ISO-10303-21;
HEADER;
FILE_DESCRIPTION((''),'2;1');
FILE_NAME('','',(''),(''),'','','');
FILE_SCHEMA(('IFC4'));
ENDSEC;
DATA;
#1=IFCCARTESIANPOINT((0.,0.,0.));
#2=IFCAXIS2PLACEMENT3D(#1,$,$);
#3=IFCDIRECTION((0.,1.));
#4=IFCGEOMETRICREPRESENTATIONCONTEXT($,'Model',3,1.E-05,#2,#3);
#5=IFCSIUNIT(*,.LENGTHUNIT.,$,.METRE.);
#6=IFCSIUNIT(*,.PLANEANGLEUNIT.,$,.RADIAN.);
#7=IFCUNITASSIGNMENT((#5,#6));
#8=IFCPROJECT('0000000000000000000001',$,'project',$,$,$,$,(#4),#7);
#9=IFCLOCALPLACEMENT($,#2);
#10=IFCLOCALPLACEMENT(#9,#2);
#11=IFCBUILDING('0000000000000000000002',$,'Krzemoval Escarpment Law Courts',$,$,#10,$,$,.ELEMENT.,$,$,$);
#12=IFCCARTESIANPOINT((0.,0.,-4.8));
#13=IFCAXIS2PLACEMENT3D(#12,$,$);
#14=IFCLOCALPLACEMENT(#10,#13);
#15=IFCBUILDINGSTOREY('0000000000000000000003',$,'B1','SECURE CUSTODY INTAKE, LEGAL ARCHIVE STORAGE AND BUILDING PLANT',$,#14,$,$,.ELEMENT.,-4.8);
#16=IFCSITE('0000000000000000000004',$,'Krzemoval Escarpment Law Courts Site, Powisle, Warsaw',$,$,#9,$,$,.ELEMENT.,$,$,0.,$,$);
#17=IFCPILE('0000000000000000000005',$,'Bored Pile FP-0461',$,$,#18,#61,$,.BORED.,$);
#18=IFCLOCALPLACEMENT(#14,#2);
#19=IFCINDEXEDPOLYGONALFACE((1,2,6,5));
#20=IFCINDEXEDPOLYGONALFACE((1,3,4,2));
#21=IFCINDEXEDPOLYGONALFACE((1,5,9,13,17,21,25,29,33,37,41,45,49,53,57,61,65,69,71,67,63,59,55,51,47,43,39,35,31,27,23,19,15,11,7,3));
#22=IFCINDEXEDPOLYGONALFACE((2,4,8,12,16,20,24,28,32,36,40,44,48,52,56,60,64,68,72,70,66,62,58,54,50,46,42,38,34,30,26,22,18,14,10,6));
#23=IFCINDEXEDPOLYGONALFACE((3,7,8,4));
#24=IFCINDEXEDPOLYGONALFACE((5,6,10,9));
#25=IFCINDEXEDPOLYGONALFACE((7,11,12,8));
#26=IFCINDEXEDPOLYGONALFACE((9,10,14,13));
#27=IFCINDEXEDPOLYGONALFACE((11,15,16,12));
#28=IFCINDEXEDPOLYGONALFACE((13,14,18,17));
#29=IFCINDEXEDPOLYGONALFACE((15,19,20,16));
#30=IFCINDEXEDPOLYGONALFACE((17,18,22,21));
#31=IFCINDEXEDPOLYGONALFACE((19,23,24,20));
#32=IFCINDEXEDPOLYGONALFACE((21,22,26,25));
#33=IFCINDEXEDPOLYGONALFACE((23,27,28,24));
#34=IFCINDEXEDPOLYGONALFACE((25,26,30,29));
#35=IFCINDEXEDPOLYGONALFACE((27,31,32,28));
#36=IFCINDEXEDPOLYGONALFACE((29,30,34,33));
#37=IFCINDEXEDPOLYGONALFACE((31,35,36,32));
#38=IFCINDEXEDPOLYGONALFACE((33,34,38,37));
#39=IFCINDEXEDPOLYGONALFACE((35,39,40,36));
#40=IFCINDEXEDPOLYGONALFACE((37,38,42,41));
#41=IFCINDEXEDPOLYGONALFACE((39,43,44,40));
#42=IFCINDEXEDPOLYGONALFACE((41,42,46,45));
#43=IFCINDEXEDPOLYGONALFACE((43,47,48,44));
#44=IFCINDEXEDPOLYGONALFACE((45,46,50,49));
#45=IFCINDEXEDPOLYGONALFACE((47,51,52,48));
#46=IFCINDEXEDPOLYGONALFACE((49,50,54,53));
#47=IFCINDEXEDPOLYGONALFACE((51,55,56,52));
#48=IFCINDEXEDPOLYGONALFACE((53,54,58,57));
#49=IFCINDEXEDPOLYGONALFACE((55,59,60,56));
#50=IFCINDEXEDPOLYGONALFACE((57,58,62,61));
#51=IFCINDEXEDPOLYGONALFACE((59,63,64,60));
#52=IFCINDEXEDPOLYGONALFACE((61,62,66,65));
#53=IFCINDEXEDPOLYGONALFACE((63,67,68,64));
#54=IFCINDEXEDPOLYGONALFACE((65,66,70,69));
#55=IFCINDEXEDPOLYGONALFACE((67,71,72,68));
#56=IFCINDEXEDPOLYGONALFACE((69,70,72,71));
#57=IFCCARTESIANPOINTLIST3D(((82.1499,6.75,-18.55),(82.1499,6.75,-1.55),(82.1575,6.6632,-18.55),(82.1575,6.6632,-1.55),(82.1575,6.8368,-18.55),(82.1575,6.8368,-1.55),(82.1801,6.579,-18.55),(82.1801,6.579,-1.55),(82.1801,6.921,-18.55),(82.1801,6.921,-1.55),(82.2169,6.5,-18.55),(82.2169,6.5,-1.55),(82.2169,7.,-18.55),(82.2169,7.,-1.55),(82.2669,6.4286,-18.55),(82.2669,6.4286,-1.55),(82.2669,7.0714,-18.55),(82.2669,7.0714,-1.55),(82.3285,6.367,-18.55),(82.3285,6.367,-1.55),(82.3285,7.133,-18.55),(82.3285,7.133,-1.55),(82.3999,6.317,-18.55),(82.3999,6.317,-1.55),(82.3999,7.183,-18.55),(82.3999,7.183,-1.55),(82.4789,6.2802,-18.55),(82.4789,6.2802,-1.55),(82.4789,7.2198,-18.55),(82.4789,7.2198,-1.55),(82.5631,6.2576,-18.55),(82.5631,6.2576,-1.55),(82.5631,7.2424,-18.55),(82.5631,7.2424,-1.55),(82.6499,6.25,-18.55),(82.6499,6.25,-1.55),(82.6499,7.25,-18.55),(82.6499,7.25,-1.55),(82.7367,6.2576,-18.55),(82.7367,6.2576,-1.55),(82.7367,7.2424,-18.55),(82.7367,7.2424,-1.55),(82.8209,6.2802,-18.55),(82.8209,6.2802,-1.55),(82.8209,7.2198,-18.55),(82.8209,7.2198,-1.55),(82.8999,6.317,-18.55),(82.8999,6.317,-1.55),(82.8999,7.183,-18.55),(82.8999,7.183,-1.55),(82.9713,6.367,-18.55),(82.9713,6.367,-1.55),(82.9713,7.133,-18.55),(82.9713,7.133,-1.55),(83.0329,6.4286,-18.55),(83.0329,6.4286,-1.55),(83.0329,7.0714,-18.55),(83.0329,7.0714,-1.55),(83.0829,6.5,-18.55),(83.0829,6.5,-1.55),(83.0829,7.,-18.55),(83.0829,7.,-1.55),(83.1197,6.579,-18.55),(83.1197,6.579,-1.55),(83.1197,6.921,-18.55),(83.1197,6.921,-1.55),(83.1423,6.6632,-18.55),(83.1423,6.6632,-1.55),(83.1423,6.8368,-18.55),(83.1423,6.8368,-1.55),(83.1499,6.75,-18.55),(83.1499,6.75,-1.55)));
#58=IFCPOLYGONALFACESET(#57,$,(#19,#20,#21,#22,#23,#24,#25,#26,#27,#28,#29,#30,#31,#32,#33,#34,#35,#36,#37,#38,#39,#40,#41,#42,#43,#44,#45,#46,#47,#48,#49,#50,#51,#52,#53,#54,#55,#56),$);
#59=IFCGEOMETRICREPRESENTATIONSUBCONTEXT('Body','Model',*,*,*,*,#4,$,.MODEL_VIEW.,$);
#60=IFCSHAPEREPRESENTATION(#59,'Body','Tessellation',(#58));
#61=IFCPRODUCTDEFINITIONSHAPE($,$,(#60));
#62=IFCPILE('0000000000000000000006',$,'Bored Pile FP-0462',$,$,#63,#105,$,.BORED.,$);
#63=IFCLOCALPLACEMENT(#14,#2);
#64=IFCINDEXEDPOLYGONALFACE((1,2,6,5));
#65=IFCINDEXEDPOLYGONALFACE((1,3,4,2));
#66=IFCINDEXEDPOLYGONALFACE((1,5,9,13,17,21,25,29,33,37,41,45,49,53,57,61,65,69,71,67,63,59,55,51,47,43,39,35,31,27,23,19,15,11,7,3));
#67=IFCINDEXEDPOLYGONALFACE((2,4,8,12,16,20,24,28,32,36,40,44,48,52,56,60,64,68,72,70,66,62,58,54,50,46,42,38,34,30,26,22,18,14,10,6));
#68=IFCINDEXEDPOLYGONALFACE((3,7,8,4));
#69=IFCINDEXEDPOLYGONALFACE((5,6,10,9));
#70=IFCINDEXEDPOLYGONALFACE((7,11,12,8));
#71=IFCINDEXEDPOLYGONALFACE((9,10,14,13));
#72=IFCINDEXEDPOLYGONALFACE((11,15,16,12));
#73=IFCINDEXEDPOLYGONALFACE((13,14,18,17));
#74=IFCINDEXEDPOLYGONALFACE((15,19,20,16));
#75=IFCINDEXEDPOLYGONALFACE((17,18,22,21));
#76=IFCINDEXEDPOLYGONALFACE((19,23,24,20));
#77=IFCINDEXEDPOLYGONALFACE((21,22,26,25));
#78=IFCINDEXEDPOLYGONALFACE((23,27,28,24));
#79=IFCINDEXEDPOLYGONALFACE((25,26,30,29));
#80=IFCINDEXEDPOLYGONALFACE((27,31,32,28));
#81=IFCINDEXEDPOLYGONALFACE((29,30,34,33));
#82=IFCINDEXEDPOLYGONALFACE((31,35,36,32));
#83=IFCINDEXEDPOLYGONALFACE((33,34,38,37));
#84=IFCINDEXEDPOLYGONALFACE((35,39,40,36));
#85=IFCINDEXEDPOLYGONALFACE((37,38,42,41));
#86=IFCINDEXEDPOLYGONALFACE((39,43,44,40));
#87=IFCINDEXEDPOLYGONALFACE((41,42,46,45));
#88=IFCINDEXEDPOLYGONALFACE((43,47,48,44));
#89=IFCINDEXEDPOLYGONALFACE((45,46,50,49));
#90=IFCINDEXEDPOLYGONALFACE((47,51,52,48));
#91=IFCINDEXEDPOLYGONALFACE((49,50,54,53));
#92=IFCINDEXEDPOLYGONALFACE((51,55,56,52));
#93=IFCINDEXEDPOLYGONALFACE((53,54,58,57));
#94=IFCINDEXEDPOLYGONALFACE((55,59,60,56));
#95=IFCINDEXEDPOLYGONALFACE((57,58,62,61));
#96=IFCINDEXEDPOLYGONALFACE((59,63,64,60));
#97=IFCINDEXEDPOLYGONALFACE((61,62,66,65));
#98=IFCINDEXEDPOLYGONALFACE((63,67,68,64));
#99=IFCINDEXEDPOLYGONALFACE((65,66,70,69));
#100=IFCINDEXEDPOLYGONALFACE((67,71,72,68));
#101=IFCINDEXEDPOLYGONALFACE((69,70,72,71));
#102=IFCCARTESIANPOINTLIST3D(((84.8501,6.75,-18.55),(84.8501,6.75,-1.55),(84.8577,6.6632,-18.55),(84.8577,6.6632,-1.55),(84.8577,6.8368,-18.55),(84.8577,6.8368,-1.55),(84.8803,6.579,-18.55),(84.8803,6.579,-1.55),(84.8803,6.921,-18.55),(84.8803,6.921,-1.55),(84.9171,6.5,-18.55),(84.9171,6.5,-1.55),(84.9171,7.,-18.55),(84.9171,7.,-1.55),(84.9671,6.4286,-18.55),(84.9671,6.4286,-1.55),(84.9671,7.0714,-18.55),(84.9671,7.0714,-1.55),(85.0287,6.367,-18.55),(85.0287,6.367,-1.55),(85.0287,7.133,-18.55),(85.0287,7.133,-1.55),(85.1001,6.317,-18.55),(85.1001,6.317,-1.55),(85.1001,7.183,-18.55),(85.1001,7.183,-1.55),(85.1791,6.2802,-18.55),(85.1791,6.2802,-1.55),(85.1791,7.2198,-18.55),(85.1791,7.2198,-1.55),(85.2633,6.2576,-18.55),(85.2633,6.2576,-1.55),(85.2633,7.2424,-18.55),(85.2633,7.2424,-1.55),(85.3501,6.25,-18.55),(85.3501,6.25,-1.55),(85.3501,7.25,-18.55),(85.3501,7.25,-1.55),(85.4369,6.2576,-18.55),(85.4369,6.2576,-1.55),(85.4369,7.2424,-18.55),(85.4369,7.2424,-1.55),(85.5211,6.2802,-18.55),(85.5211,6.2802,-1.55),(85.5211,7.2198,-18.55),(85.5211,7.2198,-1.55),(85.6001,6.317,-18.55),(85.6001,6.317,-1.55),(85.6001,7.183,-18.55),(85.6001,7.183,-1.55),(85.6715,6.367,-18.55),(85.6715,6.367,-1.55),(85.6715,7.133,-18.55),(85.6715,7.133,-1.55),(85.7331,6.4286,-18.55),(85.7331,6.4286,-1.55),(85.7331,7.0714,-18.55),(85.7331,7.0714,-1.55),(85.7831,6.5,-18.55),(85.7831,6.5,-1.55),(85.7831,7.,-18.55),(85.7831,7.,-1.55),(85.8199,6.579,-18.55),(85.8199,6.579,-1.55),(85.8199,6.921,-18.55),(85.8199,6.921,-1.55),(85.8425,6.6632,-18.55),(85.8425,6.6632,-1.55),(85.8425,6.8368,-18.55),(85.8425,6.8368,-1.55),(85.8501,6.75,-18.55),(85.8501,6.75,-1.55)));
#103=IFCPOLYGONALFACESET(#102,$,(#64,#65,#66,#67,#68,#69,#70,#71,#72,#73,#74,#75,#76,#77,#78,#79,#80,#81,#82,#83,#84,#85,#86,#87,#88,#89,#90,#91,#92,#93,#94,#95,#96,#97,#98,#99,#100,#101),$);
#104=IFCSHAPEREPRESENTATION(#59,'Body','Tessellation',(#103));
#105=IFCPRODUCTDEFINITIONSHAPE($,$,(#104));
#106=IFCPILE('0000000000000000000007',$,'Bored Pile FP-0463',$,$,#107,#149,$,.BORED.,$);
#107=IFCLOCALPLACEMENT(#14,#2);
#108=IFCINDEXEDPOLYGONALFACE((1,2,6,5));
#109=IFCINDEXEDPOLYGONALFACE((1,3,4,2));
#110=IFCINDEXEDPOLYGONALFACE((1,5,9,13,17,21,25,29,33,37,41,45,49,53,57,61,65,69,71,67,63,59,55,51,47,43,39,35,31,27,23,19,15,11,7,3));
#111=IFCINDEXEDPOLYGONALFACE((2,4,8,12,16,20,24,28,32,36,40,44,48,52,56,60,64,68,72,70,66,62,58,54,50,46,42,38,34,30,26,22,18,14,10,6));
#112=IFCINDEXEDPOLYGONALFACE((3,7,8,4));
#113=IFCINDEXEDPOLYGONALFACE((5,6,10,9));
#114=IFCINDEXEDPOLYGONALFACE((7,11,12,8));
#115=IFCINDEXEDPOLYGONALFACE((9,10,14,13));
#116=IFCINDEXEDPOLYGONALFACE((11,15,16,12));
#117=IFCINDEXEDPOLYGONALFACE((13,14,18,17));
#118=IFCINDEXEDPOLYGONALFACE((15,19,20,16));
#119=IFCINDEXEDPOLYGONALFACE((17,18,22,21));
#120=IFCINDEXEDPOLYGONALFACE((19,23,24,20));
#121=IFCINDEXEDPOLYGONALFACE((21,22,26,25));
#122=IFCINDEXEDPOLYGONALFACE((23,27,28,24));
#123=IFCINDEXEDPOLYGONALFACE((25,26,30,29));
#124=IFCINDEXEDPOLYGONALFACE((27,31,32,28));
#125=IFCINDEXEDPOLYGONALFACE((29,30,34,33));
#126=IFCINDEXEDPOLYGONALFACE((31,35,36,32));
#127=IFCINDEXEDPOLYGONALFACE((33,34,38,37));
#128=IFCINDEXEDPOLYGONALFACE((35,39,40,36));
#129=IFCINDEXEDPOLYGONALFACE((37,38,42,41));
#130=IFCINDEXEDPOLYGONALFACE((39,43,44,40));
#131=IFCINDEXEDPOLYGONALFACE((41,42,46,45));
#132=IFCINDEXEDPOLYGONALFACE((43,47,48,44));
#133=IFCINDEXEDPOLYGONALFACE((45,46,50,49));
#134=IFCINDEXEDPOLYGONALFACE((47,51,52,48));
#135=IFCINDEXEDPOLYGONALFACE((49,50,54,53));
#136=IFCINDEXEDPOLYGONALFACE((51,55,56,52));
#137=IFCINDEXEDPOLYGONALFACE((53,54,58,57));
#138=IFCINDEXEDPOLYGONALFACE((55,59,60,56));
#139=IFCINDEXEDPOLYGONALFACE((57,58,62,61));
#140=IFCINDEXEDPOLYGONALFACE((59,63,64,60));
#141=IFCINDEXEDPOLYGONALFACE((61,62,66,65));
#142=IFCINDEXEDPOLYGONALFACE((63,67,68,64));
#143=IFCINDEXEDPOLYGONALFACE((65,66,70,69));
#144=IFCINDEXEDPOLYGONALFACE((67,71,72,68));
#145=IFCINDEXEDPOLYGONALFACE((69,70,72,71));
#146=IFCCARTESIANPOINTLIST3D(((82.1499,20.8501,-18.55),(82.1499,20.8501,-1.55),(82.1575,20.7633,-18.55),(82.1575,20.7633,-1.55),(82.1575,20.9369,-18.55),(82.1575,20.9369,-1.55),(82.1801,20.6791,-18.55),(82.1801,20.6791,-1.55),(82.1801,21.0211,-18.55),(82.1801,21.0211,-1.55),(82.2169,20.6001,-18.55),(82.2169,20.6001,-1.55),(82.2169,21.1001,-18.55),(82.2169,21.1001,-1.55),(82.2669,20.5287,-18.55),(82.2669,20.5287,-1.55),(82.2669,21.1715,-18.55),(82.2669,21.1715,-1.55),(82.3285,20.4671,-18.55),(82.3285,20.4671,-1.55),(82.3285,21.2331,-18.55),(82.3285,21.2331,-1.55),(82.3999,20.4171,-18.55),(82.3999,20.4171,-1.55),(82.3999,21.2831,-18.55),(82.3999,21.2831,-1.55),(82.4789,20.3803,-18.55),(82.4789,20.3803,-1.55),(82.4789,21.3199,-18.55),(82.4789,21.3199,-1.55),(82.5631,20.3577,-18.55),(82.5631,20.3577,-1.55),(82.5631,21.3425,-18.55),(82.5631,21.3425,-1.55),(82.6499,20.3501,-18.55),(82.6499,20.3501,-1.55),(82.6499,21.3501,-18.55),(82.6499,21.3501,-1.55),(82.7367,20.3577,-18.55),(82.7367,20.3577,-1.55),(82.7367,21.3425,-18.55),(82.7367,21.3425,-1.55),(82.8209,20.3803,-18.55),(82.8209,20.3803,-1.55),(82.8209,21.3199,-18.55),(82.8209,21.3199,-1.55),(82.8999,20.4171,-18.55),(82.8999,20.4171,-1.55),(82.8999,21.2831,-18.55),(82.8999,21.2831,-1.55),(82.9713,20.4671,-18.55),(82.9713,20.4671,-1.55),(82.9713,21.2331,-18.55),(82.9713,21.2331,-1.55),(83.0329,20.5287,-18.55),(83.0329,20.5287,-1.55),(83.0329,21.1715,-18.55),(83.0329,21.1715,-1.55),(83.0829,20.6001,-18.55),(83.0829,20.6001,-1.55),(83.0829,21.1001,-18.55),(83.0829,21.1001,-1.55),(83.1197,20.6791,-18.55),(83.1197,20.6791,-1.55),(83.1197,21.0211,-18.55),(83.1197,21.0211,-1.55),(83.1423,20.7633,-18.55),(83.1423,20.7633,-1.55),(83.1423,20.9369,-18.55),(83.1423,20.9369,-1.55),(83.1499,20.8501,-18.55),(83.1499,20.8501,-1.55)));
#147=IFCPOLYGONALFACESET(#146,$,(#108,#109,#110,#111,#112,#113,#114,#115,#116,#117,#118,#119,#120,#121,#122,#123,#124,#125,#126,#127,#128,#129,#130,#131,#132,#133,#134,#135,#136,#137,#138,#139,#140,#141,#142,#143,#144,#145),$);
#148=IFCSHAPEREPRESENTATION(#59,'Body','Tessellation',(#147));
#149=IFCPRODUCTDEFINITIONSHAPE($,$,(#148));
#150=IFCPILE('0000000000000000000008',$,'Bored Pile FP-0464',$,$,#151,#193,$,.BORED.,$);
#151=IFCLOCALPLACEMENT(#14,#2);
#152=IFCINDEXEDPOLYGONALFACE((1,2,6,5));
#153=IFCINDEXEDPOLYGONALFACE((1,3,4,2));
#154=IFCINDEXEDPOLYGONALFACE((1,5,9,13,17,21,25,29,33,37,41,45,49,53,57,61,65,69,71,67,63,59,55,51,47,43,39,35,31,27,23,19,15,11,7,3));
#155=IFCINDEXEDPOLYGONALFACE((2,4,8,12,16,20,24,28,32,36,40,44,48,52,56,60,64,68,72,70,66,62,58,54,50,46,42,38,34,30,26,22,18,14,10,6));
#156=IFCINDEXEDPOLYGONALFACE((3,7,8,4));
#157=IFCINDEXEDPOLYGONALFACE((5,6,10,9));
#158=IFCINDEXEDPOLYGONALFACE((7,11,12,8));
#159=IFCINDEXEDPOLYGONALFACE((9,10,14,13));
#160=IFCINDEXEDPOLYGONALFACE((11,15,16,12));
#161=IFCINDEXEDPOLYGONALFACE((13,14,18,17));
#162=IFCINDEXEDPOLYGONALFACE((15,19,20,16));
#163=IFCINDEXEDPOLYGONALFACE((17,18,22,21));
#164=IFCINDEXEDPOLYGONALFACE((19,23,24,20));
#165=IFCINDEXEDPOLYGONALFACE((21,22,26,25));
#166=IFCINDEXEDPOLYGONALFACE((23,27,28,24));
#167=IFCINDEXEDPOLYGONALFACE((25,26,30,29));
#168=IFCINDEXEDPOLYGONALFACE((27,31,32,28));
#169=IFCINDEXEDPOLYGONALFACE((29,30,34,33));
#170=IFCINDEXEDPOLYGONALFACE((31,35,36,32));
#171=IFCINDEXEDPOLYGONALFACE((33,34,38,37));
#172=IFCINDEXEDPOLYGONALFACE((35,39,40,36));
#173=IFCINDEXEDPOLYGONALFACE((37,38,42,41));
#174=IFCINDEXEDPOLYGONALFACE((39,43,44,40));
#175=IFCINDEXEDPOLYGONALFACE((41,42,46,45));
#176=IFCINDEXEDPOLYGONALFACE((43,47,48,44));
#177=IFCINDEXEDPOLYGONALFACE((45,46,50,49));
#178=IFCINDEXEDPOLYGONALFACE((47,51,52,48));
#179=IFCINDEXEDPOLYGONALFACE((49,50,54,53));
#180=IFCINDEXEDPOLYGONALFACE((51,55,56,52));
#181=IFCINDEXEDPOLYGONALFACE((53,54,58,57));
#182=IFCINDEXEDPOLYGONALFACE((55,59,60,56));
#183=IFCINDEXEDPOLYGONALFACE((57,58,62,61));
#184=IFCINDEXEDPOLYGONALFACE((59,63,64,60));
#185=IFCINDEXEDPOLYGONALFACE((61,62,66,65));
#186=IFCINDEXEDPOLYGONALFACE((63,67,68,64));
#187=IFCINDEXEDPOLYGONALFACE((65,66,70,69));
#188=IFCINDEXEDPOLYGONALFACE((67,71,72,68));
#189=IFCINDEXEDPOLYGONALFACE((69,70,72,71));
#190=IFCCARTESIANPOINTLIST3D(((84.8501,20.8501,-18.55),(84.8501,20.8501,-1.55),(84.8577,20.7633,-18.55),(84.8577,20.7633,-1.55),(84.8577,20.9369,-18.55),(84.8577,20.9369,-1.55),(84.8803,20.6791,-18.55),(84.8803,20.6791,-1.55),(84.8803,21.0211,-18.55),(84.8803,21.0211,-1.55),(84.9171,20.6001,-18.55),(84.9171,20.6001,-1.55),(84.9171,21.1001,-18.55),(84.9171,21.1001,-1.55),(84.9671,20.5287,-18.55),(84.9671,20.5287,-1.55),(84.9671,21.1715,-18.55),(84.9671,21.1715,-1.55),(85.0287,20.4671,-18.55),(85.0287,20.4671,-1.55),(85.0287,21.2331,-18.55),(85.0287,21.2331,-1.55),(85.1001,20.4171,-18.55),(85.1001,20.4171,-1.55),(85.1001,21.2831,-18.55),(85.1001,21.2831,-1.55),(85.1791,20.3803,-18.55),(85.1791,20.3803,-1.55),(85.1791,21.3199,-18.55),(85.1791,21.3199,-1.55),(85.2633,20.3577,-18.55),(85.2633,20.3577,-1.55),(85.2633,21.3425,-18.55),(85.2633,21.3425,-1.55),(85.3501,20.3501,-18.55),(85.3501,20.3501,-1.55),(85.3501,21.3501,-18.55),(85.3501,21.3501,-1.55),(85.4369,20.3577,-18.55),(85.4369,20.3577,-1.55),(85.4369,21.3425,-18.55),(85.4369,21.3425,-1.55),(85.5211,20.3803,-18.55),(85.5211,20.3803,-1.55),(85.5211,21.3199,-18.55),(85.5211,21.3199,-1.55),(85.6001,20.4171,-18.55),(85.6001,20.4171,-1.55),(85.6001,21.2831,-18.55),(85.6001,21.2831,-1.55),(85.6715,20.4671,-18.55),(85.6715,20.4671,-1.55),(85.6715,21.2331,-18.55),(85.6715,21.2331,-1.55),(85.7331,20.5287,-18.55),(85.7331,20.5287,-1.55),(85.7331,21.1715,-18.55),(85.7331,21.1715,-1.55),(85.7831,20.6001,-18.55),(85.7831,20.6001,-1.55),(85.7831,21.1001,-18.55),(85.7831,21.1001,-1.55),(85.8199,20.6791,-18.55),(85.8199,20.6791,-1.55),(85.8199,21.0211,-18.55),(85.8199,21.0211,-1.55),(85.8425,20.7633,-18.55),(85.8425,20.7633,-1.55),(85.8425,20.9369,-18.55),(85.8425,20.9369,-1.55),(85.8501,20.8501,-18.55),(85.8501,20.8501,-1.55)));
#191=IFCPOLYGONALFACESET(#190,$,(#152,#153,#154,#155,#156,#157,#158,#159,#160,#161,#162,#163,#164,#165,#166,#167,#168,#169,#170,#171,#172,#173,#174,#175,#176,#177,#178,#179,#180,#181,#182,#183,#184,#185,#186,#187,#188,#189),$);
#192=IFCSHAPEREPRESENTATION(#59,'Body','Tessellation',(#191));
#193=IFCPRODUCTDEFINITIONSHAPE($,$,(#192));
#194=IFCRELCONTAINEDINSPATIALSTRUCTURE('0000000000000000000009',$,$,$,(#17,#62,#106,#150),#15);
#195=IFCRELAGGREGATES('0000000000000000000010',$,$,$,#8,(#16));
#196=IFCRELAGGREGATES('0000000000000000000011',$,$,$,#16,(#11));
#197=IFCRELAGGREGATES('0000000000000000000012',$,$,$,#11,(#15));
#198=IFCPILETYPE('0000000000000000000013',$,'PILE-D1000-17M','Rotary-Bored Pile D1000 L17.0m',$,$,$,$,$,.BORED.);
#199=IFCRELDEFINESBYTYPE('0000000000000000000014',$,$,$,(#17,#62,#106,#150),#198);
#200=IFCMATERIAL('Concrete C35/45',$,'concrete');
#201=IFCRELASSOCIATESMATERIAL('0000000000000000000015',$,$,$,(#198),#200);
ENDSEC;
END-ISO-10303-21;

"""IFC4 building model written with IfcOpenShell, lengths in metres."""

from ifc_helpers import new_model, si_unit, direction, frame, origin, origin_2d, place, context, subcontext, project, spatial, circle, extrude, material, material_profile, profile_set, type_object, element, save


model = new_model("IFC4")

# Units and contexts
model_context = context("Model", 3, precision=1e-05, world=origin(), true_north=direction((0.0, 1.0)))
body_context = subcontext(model_context, "Body", "Model", "MODEL_VIEW")
ifc_project = project(units=[si_unit("LENGTHUNIT", "METRE"), si_unit("PLANEANGLEUNIT", "RADIAN")], contexts=[model_context])

# Site, building, storey
site_placement = place(None, origin())
site = spatial("IfcSite", under=ifc_project, at=site_placement, Name="Krzemoval Escarpment Law Courts Site, Powisle, Warsaw", CompositionType="ELEMENT", RefElevation=0.0)
building_placement = place(site_placement, origin())
building = spatial("IfcBuilding", under=site, at=building_placement, Name="Krzemoval Escarpment Law Courts", CompositionType="ELEMENT")
storey_placement = place(building_placement, frame((0.0, 0.0, -4.8)))
storey = spatial("IfcBuildingStorey", under=building, at=storey_placement, Name="B1", Description="SECURE CUSTODY INTAKE, LEGAL ARCHIVE STORAGE AND BUILDING PLANT", CompositionType="ELEMENT", Elevation=-4.8)

# Piles
ifc_material_1 = material(Name="Concrete C35/45", Category="concrete")
ifc_material_profile_1 = material_profile(ifc_material_1, circle(Radius=0.5, at=origin_2d()), Name="PILE D1000")
ifc_profile_set_1 = profile_set([ifc_material_profile_1], Name="Concrete C35/45")
pile_type = type_object("IfcPileType", Name="PILE-D1000-17M", Description="Rotary-Bored Pile D1000 L17.0m", PredefinedType="BORED", material=ifc_profile_set_1)
for number, where, z_axis, x_axis, name in (
    (1, (82.6499, 6.75, -1.55), (0.0, 0.0, -1.0), (1.0, 0.0, 0.0), "Bored Pile FP-0461"),
    (2, (85.3501, 6.75, -1.55), (0.0, 0.0, -1.0), (1.0, 0.0, 0.0), "Bored Pile FP-0462"),
    (3, (82.6499, 20.8501, -1.55), (0.0, 0.0, -1.0), (1.0, 0.0, 0.0), "Bored Pile FP-0463"),
    (4, (85.3501, 20.8501, -1.55), (0.0, 0.0, -1.0), (1.0, 0.0, 0.0), "Bored Pile FP-0464"),
):
    element("IfcPile", number, at=place(storey_placement, frame(where, z_axis=z_axis, x_axis=x_axis)), inside=storey, type_object=pile_type, Name=name, PredefinedType="BORED", context=body_context, shape_type="SweptSolid", body=[
        extrude(circle(Radius=0.5, at=origin_2d()), origin(), (0.0, 0.0, 1.0), 17.0),
    ])

save(model, "model.ifc")
